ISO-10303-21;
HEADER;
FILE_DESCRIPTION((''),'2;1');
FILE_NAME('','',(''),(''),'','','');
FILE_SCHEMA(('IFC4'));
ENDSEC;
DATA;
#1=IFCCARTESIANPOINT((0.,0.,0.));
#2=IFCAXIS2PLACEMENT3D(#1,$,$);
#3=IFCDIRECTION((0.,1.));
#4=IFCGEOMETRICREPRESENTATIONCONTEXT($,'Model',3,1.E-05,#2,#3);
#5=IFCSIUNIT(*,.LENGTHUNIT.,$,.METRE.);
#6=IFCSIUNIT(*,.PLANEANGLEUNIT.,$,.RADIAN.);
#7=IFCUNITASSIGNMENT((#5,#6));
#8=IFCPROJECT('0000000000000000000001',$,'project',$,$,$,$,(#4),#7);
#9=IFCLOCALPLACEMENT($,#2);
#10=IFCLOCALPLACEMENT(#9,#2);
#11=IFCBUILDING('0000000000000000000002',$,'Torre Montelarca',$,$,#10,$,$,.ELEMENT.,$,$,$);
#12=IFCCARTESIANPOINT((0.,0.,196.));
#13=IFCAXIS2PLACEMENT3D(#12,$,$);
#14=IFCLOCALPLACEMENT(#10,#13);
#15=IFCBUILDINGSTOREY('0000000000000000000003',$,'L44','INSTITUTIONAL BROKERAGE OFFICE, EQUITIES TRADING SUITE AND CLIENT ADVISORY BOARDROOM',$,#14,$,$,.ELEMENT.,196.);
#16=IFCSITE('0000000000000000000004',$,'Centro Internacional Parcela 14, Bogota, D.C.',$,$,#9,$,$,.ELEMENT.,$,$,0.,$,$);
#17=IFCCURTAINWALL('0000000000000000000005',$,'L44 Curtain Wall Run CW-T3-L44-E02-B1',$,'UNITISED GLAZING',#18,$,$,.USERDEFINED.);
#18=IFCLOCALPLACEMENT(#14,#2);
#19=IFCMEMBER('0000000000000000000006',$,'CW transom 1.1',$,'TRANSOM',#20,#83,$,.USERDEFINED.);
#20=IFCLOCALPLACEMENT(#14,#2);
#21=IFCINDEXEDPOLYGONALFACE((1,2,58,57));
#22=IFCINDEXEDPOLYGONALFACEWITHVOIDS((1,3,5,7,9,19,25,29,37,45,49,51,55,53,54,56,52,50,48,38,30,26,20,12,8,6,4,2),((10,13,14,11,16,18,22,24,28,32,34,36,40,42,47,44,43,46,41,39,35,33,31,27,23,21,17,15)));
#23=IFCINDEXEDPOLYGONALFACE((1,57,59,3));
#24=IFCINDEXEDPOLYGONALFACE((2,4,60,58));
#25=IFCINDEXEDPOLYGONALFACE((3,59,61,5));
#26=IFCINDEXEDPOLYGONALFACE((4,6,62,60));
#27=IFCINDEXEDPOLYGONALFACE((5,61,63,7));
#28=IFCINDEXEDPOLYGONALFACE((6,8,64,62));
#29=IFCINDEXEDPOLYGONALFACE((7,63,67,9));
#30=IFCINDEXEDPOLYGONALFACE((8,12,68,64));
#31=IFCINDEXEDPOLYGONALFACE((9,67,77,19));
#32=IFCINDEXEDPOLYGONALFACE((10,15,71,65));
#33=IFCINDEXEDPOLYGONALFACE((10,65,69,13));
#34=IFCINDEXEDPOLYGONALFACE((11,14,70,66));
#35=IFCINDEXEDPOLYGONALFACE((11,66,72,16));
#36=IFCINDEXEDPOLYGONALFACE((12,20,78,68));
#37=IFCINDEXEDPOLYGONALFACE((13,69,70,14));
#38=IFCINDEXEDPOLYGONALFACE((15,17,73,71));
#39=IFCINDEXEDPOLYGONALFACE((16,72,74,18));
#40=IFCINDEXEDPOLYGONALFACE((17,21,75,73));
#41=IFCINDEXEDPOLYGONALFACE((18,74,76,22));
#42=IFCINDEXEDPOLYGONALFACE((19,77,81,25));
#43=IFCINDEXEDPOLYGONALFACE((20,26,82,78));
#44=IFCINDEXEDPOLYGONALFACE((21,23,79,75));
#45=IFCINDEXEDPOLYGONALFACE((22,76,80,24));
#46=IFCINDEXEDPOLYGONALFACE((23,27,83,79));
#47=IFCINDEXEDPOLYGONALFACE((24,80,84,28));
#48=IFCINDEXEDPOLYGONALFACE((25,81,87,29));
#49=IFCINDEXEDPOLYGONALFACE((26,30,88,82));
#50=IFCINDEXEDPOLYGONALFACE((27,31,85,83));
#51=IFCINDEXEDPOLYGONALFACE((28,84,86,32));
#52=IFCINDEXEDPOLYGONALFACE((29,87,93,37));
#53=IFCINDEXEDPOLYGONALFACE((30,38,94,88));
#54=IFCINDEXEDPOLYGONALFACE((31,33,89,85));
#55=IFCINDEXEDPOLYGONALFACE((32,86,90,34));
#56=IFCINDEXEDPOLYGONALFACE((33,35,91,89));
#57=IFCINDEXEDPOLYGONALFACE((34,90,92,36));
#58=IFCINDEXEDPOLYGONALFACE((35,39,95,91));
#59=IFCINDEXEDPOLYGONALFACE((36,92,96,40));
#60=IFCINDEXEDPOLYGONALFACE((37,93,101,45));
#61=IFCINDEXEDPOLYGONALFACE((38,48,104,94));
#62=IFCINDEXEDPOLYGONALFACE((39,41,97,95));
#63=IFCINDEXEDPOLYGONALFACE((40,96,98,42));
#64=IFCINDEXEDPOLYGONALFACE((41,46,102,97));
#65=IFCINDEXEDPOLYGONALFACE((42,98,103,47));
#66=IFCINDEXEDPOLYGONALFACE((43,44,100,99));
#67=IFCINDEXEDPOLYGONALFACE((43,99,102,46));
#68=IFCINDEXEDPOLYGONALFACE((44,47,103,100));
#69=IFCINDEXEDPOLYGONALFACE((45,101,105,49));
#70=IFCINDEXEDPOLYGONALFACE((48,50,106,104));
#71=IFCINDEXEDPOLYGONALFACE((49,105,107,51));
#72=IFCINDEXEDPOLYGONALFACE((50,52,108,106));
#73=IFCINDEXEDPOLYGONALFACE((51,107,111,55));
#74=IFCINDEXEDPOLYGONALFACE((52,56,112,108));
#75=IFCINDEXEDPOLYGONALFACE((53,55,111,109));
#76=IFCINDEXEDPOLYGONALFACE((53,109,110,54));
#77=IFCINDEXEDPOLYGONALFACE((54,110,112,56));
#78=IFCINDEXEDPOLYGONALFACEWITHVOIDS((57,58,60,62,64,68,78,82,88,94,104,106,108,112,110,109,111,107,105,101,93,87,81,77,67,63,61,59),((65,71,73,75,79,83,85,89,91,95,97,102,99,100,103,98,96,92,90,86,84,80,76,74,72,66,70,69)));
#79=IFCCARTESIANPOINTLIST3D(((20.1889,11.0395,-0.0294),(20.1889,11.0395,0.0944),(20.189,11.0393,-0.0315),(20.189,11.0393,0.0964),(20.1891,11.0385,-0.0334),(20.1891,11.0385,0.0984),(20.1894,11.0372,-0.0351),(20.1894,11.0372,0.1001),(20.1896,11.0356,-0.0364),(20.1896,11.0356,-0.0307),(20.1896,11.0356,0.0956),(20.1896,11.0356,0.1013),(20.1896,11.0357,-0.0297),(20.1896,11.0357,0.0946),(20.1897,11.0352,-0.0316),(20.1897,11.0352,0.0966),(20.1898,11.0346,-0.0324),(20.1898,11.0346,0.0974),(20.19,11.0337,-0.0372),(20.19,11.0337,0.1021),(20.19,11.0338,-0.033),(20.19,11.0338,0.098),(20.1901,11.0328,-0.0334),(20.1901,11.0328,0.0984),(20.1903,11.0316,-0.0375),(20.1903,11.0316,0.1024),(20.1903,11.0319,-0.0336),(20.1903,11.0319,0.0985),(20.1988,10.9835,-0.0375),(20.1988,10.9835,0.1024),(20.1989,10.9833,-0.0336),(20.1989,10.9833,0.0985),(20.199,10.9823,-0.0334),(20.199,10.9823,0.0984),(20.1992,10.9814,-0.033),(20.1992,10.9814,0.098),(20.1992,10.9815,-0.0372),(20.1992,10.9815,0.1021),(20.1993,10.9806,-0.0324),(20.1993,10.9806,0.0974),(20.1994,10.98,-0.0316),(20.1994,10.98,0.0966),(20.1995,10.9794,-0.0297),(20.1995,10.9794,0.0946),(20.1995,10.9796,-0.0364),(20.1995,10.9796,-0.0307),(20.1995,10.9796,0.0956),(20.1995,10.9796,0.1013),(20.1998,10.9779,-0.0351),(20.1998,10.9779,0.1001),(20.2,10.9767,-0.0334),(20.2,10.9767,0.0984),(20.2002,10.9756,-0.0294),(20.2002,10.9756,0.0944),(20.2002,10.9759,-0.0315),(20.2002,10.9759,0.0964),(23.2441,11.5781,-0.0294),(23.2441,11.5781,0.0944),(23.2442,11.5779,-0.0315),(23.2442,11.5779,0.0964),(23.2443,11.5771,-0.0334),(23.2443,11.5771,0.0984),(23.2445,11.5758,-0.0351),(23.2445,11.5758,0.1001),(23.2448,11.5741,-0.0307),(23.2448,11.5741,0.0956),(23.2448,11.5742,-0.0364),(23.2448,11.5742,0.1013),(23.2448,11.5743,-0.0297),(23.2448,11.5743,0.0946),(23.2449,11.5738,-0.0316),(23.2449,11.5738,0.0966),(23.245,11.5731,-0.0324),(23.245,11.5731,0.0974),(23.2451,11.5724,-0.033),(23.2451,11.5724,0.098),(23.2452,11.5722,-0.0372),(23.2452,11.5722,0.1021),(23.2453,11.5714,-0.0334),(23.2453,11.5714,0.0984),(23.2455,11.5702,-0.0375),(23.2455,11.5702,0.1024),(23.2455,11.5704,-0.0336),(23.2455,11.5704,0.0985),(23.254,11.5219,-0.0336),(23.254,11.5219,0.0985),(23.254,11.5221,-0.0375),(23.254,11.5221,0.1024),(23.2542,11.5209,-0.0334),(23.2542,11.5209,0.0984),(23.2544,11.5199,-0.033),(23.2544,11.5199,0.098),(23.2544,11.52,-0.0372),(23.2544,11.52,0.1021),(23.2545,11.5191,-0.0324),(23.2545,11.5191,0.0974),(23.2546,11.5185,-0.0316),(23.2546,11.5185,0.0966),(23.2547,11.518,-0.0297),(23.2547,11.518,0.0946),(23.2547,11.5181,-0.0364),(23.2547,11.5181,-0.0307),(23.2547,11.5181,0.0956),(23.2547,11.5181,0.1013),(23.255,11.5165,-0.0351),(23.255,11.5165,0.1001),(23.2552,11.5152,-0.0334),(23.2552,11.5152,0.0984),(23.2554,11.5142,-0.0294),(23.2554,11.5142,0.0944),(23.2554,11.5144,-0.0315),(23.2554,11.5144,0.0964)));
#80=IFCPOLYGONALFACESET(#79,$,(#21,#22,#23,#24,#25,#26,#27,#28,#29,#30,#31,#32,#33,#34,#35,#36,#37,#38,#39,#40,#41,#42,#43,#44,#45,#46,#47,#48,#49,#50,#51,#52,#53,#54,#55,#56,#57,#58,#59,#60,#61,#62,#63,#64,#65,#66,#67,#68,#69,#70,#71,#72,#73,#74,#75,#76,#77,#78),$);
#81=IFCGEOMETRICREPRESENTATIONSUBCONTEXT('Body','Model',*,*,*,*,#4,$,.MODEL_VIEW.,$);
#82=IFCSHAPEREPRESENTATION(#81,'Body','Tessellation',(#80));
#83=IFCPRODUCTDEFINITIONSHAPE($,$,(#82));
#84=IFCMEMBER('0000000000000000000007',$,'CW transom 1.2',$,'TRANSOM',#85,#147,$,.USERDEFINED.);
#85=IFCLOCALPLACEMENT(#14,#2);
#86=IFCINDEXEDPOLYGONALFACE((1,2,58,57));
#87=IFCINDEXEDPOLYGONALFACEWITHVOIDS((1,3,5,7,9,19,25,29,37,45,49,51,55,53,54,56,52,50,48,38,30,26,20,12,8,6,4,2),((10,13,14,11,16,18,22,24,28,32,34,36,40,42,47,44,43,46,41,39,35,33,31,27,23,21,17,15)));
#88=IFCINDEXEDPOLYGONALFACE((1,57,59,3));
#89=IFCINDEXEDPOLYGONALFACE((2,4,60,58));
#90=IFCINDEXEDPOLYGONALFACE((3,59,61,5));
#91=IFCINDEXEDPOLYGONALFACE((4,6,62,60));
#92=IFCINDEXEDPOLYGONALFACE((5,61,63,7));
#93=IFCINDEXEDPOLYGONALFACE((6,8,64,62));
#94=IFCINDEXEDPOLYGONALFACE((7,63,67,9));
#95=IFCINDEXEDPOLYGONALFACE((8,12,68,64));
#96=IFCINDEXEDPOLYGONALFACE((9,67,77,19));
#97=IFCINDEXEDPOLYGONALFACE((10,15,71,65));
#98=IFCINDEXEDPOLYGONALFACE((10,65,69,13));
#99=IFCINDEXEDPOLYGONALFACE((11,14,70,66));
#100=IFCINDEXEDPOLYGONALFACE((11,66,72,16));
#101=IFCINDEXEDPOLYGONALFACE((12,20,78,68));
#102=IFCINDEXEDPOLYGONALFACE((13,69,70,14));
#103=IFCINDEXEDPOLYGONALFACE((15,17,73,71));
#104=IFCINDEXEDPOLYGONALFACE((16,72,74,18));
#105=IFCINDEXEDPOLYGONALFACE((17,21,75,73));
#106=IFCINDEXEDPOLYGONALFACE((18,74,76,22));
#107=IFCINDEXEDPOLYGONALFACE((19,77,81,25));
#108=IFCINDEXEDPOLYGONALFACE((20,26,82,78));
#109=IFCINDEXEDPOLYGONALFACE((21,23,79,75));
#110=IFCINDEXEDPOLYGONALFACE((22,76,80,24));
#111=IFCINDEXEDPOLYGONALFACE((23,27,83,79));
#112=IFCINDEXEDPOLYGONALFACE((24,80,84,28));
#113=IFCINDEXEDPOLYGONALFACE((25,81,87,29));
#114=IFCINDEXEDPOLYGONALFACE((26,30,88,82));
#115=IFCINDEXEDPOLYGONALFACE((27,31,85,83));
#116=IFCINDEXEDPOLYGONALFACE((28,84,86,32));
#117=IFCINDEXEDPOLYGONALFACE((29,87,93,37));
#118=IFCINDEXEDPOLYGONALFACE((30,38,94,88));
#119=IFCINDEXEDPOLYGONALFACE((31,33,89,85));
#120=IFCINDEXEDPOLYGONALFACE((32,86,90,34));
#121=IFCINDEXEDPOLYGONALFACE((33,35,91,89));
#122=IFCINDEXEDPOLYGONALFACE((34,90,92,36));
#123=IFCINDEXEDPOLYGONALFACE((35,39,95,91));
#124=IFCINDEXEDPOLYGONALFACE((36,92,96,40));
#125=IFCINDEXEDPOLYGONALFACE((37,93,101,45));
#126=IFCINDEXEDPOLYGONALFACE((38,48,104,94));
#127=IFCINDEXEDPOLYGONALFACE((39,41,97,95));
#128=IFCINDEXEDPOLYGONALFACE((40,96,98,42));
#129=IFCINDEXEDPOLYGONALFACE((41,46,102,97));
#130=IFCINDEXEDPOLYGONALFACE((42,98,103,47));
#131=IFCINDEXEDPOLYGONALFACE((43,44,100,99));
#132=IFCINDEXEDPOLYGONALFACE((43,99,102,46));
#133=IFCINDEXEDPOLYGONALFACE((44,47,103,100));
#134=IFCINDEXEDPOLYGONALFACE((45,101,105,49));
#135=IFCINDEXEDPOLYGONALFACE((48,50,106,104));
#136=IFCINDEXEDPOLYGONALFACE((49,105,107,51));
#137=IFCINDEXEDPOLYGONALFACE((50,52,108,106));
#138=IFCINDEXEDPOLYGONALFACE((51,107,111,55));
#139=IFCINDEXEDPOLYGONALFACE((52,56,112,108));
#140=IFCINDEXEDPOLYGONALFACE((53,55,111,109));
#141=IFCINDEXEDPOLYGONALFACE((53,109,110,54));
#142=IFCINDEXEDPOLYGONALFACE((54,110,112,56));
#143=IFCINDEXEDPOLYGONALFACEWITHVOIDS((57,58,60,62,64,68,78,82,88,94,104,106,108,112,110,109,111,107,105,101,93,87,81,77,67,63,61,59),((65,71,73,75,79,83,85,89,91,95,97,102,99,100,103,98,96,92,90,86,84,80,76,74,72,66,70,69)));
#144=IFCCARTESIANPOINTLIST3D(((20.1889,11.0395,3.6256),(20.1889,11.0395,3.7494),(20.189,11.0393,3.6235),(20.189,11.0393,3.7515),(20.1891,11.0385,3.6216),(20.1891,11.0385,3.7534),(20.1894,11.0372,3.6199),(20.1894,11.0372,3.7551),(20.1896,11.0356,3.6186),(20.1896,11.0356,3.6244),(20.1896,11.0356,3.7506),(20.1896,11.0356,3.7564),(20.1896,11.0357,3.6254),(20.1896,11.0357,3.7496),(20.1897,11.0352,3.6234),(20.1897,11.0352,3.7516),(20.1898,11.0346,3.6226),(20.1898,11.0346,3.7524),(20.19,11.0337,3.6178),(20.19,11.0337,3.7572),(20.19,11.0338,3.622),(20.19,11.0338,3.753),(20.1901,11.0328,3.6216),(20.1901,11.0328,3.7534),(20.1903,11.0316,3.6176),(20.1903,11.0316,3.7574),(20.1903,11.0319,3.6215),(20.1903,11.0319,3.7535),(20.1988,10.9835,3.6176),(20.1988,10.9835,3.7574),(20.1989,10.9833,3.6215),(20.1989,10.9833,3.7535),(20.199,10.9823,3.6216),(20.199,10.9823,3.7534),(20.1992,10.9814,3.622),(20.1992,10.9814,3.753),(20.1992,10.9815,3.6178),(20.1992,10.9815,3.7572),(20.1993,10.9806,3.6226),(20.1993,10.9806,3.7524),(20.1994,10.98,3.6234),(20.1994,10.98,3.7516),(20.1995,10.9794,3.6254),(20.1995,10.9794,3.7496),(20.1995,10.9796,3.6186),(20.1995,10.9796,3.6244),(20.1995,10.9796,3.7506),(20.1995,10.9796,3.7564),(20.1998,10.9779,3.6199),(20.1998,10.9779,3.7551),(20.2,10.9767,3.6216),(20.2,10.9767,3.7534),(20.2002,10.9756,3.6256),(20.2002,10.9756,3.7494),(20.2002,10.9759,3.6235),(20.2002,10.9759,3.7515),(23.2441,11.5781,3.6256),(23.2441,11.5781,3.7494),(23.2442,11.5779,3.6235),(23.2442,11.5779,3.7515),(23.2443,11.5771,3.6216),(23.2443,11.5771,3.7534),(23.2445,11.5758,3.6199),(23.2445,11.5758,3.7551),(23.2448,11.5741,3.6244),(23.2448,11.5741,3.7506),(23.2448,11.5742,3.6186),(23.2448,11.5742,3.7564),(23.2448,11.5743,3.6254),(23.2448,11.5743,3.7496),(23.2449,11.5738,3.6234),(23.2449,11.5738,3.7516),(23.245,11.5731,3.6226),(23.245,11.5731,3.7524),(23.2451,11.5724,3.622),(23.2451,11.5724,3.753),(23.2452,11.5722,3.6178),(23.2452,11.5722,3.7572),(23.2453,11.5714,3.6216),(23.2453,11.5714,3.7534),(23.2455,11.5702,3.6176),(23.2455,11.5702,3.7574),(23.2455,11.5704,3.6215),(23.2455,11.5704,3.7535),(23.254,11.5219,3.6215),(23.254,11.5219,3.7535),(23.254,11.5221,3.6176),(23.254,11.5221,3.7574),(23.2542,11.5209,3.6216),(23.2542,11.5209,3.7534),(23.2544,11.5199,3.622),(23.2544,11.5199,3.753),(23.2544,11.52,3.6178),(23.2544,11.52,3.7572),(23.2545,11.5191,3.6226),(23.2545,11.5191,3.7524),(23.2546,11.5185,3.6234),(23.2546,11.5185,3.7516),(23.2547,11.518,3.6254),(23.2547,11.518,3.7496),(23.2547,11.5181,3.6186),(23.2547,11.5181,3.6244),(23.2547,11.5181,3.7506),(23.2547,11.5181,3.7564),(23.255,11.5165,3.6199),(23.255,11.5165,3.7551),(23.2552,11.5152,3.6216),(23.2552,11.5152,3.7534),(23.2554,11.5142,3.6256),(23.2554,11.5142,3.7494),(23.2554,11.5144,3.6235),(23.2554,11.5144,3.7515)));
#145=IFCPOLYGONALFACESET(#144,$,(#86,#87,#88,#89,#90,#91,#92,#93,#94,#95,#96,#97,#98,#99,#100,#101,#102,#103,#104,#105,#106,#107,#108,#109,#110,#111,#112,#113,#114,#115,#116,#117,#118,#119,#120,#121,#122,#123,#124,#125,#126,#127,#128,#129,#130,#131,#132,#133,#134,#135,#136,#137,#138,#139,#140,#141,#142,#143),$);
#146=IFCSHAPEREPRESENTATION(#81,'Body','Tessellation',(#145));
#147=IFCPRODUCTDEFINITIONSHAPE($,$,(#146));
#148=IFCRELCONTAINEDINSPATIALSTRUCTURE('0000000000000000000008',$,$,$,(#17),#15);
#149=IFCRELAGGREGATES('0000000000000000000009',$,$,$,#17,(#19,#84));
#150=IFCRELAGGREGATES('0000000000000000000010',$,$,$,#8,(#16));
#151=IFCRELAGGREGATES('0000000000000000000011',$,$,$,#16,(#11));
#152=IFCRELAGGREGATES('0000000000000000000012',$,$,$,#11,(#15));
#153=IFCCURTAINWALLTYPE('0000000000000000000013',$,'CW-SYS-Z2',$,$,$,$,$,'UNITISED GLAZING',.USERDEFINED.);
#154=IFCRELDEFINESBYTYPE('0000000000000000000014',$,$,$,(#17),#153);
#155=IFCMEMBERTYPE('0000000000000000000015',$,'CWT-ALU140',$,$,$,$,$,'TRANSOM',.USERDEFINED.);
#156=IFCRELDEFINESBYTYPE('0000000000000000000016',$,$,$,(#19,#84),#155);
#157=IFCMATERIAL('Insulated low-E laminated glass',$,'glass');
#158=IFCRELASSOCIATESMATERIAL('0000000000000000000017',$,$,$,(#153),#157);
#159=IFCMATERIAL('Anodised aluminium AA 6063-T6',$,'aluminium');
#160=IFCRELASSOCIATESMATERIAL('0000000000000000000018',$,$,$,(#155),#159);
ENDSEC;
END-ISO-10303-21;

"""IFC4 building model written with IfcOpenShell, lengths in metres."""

from ifc_helpers import new_model, si_unit, direction, frame, origin, origin_2d, place, context, subcontext, project, spatial, hollow_rectangle, extrude, source, transform, mapped, material, material_profile, profile_set, type_object, element, aggregate, save


model = new_model("IFC4")

# Units and contexts
model_context = context("Model", 3, precision=1e-05, world=origin(), true_north=direction((0.0, 1.0)))
body_context = subcontext(model_context, "Body", "Model", "MODEL_VIEW")
ifc_project = project(units=[si_unit("LENGTHUNIT", "METRE"), si_unit("PLANEANGLEUNIT", "RADIAN")], contexts=[model_context])

# Site, building, storey
site_placement = place(None, origin())
site = spatial("IfcSite", under=ifc_project, at=site_placement, Name="Centro Internacional Parcela 14, Bogota, D.C.", CompositionType="ELEMENT", RefElevation=0.0)
building_placement = place(site_placement, origin())
building = spatial("IfcBuilding", under=site, at=building_placement, Name="Torre Montelarca", CompositionType="ELEMENT")
storey_placement = place(building_placement, frame((0.0, 0.0, 196.0)))
storey = spatial("IfcBuildingStorey", under=building, at=storey_placement, Name="L44", Description="INSTITUTIONAL BROKERAGE OFFICE, EQUITIES TRADING SUITE AND CLIENT ADVISORY BOARDROOM", CompositionType="ELEMENT", Elevation=196.0)

# Curtain wall, members
ifc_material_1 = material(Name="Insulated low-E laminated glass", Category="glass")
curtain_wall_type = type_object("IfcCurtainWallType", Name="CW-SYS-Z2", ElementType="UNITISED GLAZING", PredefinedType="USERDEFINED", material=ifc_material_1)
curtain_wall_1_placement = place(storey_placement, origin())
curtain_wall_1 = element("IfcCurtainWall", 1, at=curtain_wall_1_placement, inside=storey, type_object=curtain_wall_type, Name="L44 Curtain Wall Run CW-T3-L44-E02-B1", ObjectType="UNITISED GLAZING", PredefinedType="USERDEFINED")
ifc_material_2 = material(Name="Anodised aluminium AA 6063-T6", Category="aluminium")
ifc_material_profile_1 = material_profile(ifc_material_2, hollow_rectangle(XDim=0.0649, YDim=0.1399, WallThickness=0.0039, InnerFilletRadius=0.0039, OuterFilletRadius=0.0081, at=origin_2d()), Name="ALU65X140X4", Category="aluminium")
ifc_profile_set_1 = profile_set([ifc_material_profile_1], Name="Anodised aluminium AA 6063-T6")
member_type_1 = type_object("IfcMemberType", Name="CWT-ALU140", ElementType="TRANSOM", PredefinedType="USERDEFINED", material=ifc_profile_set_1)
shared_shape_1 = source(origin(), body_context, "Body", "SweptSolid", [
    extrude(hollow_rectangle(XDim=0.0649, YDim=0.1399, WallThickness=0.0039, InnerFilletRadius=0.0039, OuterFilletRadius=0.0081, at=origin_2d()), origin(), (0.0, 0.0, 1.0), 3.1023),
])
member_1_placement = place(storey_placement, frame((20.1946, 11.0076, 0.0325), z_axis=(0.984815, 0.173606, 0.0), x_axis=(-0.173606, 0.984815, 0.0)))
member_1 = element("IfcMember", 2, at=member_1_placement, type_object=member_type_1, Name="CW transom 1.1", ObjectType="TRANSOM", PredefinedType="USERDEFINED", context=body_context, shape_type="MappedRepresentation", body=[
    mapped(shared_shape_1, transform((0.0, 0.0, 0.0), scale=1.0)),
])
member_2_placement = place(storey_placement, frame((20.1946, 11.0076, 3.6875), z_axis=(0.984815, 0.173606, 0.0), x_axis=(-0.173606, 0.984815, 0.0)))
member_2 = element("IfcMember", 3, at=member_2_placement, type_object=member_type_1, Name="CW transom 1.2", ObjectType="TRANSOM", PredefinedType="USERDEFINED", context=body_context, shape_type="MappedRepresentation", body=[
    mapped(shared_shape_1, transform((0.0, 0.0, 0.0), scale=1.0)),
])

aggregate(curtain_wall_1, [member_1, member_2])

save(model, "model.ifc")
